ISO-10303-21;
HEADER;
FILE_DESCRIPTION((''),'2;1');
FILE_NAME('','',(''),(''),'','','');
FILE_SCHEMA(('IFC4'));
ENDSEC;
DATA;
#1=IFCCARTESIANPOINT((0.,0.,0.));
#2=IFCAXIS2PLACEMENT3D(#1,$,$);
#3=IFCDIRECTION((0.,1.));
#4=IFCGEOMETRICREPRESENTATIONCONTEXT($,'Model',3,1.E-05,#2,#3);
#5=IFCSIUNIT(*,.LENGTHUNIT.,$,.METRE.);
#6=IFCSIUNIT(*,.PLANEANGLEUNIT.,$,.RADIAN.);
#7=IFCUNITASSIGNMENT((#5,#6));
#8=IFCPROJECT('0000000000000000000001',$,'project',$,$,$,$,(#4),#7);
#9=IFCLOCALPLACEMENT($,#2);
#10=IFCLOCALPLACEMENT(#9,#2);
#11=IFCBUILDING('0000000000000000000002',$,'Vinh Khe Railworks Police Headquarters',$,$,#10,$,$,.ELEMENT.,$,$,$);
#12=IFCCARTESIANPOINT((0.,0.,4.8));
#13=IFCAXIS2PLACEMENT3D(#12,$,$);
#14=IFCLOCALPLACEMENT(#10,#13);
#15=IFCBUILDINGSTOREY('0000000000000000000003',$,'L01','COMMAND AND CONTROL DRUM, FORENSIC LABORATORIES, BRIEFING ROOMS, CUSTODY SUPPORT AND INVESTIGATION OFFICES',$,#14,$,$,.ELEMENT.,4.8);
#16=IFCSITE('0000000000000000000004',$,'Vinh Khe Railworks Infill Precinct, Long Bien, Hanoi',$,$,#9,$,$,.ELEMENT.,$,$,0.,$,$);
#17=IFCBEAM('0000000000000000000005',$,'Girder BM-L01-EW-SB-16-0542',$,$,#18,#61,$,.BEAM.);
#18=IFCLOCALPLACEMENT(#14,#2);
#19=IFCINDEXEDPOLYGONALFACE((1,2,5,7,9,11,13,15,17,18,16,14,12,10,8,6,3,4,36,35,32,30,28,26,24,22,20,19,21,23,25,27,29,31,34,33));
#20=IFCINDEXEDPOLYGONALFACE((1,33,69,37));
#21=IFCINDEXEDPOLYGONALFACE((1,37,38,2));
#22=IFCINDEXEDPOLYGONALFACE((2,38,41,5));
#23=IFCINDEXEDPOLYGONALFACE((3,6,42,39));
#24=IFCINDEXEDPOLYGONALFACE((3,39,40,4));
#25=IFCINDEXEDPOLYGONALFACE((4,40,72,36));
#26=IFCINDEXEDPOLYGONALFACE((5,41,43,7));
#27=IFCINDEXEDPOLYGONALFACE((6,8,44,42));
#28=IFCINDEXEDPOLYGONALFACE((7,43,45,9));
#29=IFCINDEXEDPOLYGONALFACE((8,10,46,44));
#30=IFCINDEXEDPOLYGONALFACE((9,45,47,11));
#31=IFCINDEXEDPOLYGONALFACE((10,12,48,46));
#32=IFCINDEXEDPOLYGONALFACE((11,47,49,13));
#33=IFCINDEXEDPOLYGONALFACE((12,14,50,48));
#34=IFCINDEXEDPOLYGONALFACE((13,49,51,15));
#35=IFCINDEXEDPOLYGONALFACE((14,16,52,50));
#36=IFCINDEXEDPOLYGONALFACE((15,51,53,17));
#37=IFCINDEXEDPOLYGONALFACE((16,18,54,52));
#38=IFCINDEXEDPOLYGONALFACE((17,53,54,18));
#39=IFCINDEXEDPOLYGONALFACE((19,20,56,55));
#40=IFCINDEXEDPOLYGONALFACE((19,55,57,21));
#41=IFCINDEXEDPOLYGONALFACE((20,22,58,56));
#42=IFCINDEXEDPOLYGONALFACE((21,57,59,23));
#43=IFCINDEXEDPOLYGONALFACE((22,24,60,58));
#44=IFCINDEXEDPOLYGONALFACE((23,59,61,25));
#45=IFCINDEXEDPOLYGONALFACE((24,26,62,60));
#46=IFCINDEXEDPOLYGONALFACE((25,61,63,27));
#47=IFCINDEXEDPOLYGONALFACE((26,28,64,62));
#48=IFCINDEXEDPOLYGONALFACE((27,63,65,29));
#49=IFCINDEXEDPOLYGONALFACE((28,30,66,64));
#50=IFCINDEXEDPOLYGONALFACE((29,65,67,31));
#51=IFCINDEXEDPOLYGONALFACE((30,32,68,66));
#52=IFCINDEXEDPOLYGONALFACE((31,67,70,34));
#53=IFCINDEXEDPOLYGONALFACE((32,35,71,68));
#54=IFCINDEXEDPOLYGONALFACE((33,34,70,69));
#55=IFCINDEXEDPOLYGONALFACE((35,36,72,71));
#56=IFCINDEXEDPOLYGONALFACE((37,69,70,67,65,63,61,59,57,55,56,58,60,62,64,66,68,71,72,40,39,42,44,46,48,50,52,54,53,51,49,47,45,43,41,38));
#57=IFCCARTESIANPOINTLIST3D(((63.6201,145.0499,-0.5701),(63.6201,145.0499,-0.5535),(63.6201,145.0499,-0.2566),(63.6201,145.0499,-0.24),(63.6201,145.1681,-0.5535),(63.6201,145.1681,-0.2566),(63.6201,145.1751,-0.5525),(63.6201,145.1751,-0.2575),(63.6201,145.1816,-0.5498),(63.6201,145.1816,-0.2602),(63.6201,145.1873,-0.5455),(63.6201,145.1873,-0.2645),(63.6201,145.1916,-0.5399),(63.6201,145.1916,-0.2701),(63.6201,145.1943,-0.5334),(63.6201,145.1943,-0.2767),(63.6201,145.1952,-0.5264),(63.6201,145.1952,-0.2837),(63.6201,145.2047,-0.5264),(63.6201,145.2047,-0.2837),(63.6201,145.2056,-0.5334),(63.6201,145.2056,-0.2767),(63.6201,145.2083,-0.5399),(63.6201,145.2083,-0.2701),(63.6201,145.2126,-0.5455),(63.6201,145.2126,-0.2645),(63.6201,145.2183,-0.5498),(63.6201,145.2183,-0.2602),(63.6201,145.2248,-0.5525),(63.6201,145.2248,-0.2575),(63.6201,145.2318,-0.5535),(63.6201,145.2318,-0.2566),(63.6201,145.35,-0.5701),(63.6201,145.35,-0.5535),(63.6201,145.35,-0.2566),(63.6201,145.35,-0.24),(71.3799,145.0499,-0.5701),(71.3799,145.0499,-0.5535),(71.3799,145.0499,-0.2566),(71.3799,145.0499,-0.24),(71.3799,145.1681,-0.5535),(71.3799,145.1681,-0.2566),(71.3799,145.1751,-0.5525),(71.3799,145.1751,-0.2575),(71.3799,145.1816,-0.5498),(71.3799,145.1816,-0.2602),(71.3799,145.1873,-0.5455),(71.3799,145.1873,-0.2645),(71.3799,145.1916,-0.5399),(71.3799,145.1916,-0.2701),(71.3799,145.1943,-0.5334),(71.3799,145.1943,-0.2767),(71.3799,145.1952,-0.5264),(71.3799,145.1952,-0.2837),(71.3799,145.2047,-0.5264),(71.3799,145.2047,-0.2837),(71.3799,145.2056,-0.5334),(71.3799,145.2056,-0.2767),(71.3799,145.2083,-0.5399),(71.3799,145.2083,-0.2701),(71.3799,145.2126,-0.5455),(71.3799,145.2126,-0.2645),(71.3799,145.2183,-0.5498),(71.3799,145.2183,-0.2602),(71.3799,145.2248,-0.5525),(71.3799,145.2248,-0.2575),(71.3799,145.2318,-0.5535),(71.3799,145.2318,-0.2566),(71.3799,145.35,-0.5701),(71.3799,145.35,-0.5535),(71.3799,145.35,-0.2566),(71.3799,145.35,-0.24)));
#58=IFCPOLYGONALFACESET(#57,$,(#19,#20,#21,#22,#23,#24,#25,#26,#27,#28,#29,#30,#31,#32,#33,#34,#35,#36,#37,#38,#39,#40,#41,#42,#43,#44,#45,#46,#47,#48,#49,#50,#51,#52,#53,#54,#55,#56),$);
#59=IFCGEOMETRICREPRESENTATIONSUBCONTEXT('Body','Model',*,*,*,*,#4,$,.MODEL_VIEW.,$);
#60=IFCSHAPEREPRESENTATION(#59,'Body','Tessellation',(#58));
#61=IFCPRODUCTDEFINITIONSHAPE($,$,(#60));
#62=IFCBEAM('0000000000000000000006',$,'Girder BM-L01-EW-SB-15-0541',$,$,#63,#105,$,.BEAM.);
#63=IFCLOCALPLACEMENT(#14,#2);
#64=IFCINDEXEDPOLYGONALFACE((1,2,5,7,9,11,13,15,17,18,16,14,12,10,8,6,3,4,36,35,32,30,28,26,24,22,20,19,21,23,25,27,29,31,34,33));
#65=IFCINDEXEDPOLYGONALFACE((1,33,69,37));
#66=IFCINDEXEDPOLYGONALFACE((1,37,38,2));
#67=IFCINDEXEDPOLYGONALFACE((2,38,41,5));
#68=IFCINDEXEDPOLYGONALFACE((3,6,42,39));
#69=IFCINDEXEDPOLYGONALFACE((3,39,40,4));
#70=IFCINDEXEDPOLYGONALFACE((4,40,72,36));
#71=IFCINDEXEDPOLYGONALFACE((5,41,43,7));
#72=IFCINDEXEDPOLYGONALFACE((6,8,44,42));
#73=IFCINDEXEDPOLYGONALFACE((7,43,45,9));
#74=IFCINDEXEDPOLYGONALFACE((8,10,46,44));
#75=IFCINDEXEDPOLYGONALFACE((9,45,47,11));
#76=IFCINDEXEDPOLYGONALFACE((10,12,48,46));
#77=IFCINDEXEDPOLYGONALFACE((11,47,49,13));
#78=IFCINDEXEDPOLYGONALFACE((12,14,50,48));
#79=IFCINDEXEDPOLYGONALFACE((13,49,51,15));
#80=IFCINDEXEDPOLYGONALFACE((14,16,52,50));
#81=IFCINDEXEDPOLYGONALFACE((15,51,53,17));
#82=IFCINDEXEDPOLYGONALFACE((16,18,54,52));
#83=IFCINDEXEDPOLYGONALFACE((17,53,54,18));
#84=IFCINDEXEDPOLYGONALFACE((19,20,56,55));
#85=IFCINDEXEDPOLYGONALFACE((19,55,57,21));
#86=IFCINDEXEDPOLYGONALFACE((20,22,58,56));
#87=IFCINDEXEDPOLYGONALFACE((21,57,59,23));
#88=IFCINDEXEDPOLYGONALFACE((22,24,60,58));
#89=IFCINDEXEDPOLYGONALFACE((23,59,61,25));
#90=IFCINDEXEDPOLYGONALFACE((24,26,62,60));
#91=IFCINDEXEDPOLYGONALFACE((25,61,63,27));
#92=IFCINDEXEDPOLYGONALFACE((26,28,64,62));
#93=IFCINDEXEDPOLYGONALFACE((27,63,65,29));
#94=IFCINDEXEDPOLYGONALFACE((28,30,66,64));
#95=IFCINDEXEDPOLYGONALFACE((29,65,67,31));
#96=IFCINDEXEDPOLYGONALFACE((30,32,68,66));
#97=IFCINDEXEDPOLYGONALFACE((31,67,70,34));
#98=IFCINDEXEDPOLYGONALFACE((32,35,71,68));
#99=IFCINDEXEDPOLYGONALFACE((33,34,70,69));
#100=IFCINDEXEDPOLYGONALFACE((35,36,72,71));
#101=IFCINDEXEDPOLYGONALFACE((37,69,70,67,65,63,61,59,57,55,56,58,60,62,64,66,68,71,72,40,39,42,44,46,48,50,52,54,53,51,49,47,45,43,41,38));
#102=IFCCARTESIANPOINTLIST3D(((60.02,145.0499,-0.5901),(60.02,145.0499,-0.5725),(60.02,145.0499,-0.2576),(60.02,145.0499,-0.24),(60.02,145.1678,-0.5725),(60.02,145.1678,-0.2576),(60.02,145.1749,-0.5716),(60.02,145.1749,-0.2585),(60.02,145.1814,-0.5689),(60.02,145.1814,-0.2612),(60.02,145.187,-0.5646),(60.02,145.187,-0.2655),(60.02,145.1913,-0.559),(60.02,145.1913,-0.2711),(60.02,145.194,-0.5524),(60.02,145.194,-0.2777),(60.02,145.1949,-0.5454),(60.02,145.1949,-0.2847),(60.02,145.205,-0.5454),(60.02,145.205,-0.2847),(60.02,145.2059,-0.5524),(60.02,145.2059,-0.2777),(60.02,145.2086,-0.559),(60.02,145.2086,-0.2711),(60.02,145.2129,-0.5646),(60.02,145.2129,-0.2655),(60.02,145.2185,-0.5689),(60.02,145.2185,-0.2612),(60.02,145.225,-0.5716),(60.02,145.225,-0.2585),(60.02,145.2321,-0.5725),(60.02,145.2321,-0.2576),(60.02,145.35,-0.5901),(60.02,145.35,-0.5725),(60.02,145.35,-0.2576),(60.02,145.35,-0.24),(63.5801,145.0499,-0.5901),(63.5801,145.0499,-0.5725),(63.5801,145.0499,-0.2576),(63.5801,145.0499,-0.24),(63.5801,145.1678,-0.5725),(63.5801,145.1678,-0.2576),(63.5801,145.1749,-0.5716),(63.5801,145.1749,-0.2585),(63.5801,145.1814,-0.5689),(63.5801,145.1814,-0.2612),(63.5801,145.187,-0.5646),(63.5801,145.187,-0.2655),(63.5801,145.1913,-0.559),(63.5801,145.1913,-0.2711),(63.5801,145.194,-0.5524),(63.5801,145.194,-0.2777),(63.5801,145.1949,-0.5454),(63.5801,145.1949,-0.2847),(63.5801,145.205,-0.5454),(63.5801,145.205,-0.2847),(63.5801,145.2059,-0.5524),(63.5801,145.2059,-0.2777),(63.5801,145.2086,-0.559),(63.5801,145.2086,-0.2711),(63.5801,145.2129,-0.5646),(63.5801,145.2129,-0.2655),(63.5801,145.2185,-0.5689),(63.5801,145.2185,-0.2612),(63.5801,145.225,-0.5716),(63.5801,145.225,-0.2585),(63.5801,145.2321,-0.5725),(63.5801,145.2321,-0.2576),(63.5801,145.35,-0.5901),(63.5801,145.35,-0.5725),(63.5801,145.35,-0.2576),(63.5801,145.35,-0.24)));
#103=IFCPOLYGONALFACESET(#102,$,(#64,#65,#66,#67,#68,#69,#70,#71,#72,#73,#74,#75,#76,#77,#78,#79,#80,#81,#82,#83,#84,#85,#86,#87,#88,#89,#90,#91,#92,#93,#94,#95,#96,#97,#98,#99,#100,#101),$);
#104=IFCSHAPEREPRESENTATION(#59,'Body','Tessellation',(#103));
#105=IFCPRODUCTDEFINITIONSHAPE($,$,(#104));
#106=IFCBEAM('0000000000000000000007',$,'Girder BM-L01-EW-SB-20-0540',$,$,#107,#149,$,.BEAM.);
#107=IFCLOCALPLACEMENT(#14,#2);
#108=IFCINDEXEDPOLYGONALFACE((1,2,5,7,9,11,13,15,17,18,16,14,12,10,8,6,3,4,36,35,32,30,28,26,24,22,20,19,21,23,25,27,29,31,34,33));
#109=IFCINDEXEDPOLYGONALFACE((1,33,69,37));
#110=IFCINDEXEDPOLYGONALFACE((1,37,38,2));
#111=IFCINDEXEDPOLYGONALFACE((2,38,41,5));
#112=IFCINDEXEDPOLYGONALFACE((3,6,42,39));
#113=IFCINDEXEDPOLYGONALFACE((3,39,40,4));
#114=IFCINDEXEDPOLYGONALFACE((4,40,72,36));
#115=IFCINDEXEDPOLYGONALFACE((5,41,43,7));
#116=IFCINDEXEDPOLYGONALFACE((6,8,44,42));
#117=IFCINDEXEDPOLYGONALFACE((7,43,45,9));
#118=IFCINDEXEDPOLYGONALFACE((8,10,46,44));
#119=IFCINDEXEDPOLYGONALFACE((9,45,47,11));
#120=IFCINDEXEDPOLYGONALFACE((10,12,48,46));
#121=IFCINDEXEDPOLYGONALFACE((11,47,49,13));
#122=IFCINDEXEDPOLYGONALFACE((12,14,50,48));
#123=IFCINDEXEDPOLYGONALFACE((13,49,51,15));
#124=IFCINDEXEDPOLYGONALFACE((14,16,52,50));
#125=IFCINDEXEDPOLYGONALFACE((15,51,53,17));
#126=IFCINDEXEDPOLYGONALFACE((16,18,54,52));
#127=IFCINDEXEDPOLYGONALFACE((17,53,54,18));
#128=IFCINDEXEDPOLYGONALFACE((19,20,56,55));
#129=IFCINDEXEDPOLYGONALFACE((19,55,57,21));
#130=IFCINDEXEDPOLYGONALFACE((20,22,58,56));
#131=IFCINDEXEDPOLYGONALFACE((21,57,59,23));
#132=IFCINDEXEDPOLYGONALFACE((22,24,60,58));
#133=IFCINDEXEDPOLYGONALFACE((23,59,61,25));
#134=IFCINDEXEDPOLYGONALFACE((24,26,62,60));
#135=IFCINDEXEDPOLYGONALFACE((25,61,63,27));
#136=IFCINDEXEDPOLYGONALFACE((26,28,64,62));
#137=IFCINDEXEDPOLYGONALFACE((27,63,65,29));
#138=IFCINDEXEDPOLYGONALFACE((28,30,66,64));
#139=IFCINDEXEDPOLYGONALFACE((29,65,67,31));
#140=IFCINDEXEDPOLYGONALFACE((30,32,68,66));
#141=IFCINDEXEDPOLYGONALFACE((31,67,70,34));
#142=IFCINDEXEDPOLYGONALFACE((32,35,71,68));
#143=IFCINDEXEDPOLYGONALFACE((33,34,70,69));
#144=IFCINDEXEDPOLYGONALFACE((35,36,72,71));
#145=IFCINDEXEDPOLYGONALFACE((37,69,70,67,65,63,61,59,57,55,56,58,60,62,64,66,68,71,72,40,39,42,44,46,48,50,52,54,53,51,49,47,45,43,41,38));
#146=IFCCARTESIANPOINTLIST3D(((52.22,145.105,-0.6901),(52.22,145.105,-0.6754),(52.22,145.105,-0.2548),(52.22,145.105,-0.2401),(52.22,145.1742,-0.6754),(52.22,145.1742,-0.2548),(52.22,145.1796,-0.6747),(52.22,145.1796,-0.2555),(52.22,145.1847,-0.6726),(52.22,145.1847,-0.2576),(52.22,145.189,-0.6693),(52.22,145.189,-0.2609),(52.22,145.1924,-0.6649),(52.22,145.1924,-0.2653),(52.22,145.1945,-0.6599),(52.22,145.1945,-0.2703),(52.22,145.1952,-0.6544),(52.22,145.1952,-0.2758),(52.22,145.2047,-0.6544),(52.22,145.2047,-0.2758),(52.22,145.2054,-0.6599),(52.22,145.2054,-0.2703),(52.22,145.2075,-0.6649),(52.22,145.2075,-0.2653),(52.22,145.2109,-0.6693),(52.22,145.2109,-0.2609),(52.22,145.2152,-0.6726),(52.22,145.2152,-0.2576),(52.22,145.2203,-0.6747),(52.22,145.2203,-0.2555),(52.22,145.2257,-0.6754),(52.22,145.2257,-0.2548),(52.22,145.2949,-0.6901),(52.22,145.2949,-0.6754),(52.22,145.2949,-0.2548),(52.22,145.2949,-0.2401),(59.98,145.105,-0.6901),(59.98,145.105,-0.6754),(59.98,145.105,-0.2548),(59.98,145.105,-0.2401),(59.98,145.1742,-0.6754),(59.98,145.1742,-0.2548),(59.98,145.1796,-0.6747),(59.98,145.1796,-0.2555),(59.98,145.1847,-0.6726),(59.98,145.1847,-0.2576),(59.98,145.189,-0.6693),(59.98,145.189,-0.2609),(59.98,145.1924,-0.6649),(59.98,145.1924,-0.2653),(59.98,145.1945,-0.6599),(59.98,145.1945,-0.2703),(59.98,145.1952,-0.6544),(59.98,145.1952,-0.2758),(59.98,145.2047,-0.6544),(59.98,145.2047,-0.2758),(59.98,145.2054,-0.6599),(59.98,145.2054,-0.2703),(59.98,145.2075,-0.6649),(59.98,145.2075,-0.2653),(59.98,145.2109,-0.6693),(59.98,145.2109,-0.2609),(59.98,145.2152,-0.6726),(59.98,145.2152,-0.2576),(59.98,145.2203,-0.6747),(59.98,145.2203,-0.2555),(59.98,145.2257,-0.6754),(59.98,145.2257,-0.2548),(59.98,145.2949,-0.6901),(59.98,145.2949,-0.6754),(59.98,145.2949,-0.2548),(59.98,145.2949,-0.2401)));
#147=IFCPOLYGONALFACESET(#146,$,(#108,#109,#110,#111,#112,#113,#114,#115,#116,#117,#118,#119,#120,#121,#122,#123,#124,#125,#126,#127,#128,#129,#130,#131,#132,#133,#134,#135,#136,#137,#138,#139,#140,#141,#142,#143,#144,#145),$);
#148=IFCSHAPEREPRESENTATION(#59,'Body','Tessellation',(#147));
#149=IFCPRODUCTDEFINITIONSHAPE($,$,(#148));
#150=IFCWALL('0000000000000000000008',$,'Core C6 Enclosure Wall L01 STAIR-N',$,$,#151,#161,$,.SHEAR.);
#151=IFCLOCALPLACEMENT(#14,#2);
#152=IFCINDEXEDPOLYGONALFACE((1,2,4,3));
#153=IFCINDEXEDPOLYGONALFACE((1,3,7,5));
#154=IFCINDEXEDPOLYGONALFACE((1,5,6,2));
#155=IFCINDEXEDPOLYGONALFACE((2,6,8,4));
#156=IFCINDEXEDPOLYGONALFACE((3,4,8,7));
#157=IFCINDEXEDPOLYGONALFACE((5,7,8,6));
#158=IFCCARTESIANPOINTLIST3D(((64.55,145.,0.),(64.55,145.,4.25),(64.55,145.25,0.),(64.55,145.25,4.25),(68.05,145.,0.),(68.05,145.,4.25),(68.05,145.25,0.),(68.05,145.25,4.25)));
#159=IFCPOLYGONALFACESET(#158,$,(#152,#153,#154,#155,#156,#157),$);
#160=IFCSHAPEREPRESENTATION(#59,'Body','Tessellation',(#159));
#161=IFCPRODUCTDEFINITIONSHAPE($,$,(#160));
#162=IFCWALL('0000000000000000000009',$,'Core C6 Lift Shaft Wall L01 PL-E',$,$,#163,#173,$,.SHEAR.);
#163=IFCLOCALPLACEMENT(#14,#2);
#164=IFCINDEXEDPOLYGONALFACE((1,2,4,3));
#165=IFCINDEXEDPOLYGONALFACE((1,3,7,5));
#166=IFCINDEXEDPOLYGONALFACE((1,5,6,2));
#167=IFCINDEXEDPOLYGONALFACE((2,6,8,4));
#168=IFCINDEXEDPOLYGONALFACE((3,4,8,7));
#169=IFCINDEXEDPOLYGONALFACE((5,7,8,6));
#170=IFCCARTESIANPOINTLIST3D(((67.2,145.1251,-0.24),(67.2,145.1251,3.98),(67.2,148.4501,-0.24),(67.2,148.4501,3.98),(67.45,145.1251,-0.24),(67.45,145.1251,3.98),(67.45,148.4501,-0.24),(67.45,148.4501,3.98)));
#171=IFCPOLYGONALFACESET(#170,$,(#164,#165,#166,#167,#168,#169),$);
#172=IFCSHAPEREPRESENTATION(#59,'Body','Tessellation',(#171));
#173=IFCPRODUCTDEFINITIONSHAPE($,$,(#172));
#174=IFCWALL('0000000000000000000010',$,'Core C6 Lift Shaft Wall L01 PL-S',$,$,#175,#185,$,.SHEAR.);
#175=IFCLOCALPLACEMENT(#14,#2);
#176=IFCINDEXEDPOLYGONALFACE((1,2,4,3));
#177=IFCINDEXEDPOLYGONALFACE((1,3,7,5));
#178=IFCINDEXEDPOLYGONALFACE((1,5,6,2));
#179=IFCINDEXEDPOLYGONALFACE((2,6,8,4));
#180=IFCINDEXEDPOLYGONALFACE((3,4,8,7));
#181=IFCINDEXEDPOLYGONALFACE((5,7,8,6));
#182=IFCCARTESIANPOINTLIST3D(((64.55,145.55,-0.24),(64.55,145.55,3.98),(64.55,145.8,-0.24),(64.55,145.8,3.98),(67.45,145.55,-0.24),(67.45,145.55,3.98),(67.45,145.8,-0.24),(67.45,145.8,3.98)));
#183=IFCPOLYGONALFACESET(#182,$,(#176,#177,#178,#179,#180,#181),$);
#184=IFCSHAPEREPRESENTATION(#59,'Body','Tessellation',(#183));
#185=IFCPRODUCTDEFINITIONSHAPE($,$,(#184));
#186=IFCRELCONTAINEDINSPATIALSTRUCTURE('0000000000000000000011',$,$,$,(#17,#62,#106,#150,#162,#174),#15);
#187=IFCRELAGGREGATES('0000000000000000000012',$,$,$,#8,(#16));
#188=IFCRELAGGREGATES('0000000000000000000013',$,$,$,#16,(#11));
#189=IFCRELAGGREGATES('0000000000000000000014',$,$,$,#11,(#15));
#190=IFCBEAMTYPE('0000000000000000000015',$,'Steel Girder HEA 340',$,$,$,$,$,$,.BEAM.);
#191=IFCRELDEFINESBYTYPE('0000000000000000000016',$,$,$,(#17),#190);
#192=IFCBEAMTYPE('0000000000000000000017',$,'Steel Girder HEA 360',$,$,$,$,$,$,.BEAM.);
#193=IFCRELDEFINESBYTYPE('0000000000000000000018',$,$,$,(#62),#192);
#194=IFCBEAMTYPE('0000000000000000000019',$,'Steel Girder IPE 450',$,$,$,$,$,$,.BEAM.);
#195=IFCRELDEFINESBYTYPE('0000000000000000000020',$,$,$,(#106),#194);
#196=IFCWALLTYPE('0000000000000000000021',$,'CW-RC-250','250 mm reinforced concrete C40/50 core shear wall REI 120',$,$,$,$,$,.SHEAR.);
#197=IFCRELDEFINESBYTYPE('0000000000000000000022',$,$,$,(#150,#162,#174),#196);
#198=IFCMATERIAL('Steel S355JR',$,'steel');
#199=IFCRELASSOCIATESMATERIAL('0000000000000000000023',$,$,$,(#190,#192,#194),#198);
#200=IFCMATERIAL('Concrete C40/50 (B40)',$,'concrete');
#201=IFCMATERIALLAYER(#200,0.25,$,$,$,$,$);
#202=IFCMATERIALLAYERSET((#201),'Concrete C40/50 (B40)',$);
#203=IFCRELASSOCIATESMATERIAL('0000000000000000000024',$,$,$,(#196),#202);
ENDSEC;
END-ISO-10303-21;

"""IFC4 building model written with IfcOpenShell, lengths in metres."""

from ifc_helpers import new_model, si_unit, direction, frame, frame_2d, origin, origin_2d, place, context, subcontext, project, spatial, rectangle, i_section, extrude, material, layer, layer_set, material_profile, profile_set, type_object, element, save


model = new_model("IFC4")

# Units and contexts
model_context = context("Model", 3, precision=1e-05, world=origin(), true_north=direction((0.0, 1.0)))
body_context = subcontext(model_context, "Body", "Model", "MODEL_VIEW")
ifc_project = project(units=[si_unit("LENGTHUNIT", "METRE"), si_unit("PLANEANGLEUNIT", "RADIAN")], contexts=[model_context])

# Site, building, storey
site_placement = place(None, origin())
site = spatial("IfcSite", under=ifc_project, at=site_placement, Name="Vinh Khe Railworks Infill Precinct, Long Bien, Hanoi", CompositionType="ELEMENT", RefElevation=0.0)
building_placement = place(site_placement, origin())
building = spatial("IfcBuilding", under=site, at=building_placement, Name="Vinh Khe Railworks Police Headquarters", CompositionType="ELEMENT")
storey_placement = place(building_placement, frame((0.0, 0.0, 4.8)))
storey = spatial("IfcBuildingStorey", under=building, at=storey_placement, Name="L01", Description="COMMAND AND CONTROL DRUM, FORENSIC LABORATORIES, BRIEFING ROOMS, CUSTODY SUPPORT AND INVESTIGATION OFFICES", CompositionType="ELEMENT", Elevation=4.8)

# Shared definitions
ifc_material_1 = material(Name="Steel S355JR", Category="steel")

# Beams
ifc_material_profile_1 = material_profile(ifc_material_1, i_section(OverallWidth=0.3, OverallDepth=0.3301, WebThickness=0.0095, FlangeThickness=0.0166, FilletRadius=0.0271, at=origin_2d()), Name="HEA 340")
ifc_profile_set_1 = profile_set([ifc_material_profile_1], Name="Steel S355JR")
beam_type_1 = type_object("IfcBeamType", Name="Steel Girder HEA 340", PredefinedType="BEAM", material=ifc_profile_set_1)
beam_1_placement = place(storey_placement, frame((63.6201, 145.2, -0.405), z_axis=(1.0, 0.0, 0.0), x_axis=(0.0, 1.0, 0.0)))
element("IfcBeam", 1, at=beam_1_placement, inside=storey, type_object=beam_type_1, Name="Girder BM-L01-EW-SB-16-0542", PredefinedType="BEAM", context=body_context, shape_type="SweptSolid", body=[
    extrude(i_section(OverallWidth=0.3, OverallDepth=0.3301, WebThickness=0.0095, FlangeThickness=0.0166, FilletRadius=0.0271, at=origin_2d()), origin(), (0.0, 0.0, 1.0), 7.7598),
])
ifc_material_profile_2 = material_profile(ifc_material_1, i_section(OverallWidth=0.3, OverallDepth=0.3501, WebThickness=0.01, FlangeThickness=0.0176, FilletRadius=0.0271, at=origin_2d()), Name="HEA 360")
ifc_profile_set_2 = profile_set([ifc_material_profile_2], Name="Steel S355JR")
beam_type_2 = type_object("IfcBeamType", Name="Steel Girder HEA 360", PredefinedType="BEAM", material=ifc_profile_set_2)
beam_2_placement = place(storey_placement, frame((60.02, 145.2, -0.415), z_axis=(1.0, 0.0, 0.0), x_axis=(0.0, 1.0, 0.0)))
element("IfcBeam", 2, at=beam_2_placement, inside=storey, type_object=beam_type_2, Name="Girder BM-L01-EW-SB-15-0541", PredefinedType="BEAM", context=body_context, shape_type="SweptSolid", body=[
    extrude(i_section(OverallWidth=0.3, OverallDepth=0.3501, WebThickness=0.01, FlangeThickness=0.0176, FilletRadius=0.0271, at=origin_2d()), origin(), (0.0, 0.0, 1.0), 3.5601),
])
ifc_material_profile_3 = material_profile(ifc_material_1, i_section(OverallWidth=0.1899, OverallDepth=0.45, WebThickness=0.0095, FlangeThickness=0.0146, FilletRadius=0.021, at=origin_2d()), Name="IPE 450")
ifc_profile_set_3 = profile_set([ifc_material_profile_3], Name="Steel S355JR")
beam_type_3 = type_object("IfcBeamType", Name="Steel Girder IPE 450", PredefinedType="BEAM", material=ifc_profile_set_3)
beam_3_placement = place(storey_placement, frame((52.22, 145.2, -0.4651), z_axis=(1.0, 0.0, 0.0), x_axis=(0.0, 1.0, 0.0)))
element("IfcBeam", 3, at=beam_3_placement, inside=storey, type_object=beam_type_3, Name="Girder BM-L01-EW-SB-20-0540", PredefinedType="BEAM", context=body_context, shape_type="SweptSolid", body=[
    extrude(i_section(OverallWidth=0.1899, OverallDepth=0.45, WebThickness=0.0095, FlangeThickness=0.0146, FilletRadius=0.021, at=origin_2d()), origin(), (0.0, 0.0, 1.0), 7.76),
])

# Walls
ifc_material_2 = material(Name="Concrete C40/50 (B40)", Category="concrete")
ifc_layer_1 = layer(ifc_material_2, 0.25)
ifc_layer_set_1 = layer_set([ifc_layer_1], Name="Concrete C40/50 (B40)")
wall_type_1 = type_object("IfcWallType", Name="CW-RC-250", Description="250 mm reinforced concrete C40/50 core shear wall REI 120", PredefinedType="SHEAR", material=ifc_layer_set_1)
wall_1_placement = place(storey_placement, frame((64.55, 145.125, 0.0), z_axis=(0.0, 0.0, 1.0), x_axis=(1.0, 0.0, 0.0)))
element("IfcWall", 4, at=wall_1_placement, inside=storey, type_object=wall_type_1, Name="Core C6 Enclosure Wall L01 STAIR-N", PredefinedType="SHEAR", context=body_context, shape_type="SweptSolid", body=[
    extrude(rectangle(XDim=3.5, YDim=0.25, at=frame_2d((1.75, 0.0))), origin(), (0.0, 0.0, 1.0), 4.25),
])
wall_2_placement = place(storey_placement, frame((67.325, 145.125, -0.24), z_axis=(0.0, 0.0, 1.0), x_axis=(0.0, 1.0, 0.0)))
element("IfcWall", 5, at=wall_2_placement, inside=storey, type_object=wall_type_1, Name="Core C6 Lift Shaft Wall L01 PL-E", PredefinedType="SHEAR", context=body_context, shape_type="SweptSolid", body=[
    extrude(rectangle(XDim=3.325, YDim=0.25, at=frame_2d((1.6626, 0.0))), origin(), (0.0, 0.0, 1.0), 4.22),
])
for number, where, z_axis, x_axis, name in (
    (6, (64.55, 145.675, -0.24), (0.0, 0.0, 1.0), (1.0, 0.0, 0.0), "Core C6 Lift Shaft Wall L01 PL-S"),
):
    element("IfcWall", number, at=place(storey_placement, frame(where, z_axis=z_axis, x_axis=x_axis)), inside=storey, type_object=wall_type_1, Name=name, PredefinedType="SHEAR", context=body_context, shape_type="SweptSolid", body=[
        extrude(rectangle(XDim=2.8999, YDim=0.25, at=frame_2d((1.45, 0.0))), origin(), (0.0, 0.0, 1.0), 4.22),
    ])

save(model, "model.ifc")
